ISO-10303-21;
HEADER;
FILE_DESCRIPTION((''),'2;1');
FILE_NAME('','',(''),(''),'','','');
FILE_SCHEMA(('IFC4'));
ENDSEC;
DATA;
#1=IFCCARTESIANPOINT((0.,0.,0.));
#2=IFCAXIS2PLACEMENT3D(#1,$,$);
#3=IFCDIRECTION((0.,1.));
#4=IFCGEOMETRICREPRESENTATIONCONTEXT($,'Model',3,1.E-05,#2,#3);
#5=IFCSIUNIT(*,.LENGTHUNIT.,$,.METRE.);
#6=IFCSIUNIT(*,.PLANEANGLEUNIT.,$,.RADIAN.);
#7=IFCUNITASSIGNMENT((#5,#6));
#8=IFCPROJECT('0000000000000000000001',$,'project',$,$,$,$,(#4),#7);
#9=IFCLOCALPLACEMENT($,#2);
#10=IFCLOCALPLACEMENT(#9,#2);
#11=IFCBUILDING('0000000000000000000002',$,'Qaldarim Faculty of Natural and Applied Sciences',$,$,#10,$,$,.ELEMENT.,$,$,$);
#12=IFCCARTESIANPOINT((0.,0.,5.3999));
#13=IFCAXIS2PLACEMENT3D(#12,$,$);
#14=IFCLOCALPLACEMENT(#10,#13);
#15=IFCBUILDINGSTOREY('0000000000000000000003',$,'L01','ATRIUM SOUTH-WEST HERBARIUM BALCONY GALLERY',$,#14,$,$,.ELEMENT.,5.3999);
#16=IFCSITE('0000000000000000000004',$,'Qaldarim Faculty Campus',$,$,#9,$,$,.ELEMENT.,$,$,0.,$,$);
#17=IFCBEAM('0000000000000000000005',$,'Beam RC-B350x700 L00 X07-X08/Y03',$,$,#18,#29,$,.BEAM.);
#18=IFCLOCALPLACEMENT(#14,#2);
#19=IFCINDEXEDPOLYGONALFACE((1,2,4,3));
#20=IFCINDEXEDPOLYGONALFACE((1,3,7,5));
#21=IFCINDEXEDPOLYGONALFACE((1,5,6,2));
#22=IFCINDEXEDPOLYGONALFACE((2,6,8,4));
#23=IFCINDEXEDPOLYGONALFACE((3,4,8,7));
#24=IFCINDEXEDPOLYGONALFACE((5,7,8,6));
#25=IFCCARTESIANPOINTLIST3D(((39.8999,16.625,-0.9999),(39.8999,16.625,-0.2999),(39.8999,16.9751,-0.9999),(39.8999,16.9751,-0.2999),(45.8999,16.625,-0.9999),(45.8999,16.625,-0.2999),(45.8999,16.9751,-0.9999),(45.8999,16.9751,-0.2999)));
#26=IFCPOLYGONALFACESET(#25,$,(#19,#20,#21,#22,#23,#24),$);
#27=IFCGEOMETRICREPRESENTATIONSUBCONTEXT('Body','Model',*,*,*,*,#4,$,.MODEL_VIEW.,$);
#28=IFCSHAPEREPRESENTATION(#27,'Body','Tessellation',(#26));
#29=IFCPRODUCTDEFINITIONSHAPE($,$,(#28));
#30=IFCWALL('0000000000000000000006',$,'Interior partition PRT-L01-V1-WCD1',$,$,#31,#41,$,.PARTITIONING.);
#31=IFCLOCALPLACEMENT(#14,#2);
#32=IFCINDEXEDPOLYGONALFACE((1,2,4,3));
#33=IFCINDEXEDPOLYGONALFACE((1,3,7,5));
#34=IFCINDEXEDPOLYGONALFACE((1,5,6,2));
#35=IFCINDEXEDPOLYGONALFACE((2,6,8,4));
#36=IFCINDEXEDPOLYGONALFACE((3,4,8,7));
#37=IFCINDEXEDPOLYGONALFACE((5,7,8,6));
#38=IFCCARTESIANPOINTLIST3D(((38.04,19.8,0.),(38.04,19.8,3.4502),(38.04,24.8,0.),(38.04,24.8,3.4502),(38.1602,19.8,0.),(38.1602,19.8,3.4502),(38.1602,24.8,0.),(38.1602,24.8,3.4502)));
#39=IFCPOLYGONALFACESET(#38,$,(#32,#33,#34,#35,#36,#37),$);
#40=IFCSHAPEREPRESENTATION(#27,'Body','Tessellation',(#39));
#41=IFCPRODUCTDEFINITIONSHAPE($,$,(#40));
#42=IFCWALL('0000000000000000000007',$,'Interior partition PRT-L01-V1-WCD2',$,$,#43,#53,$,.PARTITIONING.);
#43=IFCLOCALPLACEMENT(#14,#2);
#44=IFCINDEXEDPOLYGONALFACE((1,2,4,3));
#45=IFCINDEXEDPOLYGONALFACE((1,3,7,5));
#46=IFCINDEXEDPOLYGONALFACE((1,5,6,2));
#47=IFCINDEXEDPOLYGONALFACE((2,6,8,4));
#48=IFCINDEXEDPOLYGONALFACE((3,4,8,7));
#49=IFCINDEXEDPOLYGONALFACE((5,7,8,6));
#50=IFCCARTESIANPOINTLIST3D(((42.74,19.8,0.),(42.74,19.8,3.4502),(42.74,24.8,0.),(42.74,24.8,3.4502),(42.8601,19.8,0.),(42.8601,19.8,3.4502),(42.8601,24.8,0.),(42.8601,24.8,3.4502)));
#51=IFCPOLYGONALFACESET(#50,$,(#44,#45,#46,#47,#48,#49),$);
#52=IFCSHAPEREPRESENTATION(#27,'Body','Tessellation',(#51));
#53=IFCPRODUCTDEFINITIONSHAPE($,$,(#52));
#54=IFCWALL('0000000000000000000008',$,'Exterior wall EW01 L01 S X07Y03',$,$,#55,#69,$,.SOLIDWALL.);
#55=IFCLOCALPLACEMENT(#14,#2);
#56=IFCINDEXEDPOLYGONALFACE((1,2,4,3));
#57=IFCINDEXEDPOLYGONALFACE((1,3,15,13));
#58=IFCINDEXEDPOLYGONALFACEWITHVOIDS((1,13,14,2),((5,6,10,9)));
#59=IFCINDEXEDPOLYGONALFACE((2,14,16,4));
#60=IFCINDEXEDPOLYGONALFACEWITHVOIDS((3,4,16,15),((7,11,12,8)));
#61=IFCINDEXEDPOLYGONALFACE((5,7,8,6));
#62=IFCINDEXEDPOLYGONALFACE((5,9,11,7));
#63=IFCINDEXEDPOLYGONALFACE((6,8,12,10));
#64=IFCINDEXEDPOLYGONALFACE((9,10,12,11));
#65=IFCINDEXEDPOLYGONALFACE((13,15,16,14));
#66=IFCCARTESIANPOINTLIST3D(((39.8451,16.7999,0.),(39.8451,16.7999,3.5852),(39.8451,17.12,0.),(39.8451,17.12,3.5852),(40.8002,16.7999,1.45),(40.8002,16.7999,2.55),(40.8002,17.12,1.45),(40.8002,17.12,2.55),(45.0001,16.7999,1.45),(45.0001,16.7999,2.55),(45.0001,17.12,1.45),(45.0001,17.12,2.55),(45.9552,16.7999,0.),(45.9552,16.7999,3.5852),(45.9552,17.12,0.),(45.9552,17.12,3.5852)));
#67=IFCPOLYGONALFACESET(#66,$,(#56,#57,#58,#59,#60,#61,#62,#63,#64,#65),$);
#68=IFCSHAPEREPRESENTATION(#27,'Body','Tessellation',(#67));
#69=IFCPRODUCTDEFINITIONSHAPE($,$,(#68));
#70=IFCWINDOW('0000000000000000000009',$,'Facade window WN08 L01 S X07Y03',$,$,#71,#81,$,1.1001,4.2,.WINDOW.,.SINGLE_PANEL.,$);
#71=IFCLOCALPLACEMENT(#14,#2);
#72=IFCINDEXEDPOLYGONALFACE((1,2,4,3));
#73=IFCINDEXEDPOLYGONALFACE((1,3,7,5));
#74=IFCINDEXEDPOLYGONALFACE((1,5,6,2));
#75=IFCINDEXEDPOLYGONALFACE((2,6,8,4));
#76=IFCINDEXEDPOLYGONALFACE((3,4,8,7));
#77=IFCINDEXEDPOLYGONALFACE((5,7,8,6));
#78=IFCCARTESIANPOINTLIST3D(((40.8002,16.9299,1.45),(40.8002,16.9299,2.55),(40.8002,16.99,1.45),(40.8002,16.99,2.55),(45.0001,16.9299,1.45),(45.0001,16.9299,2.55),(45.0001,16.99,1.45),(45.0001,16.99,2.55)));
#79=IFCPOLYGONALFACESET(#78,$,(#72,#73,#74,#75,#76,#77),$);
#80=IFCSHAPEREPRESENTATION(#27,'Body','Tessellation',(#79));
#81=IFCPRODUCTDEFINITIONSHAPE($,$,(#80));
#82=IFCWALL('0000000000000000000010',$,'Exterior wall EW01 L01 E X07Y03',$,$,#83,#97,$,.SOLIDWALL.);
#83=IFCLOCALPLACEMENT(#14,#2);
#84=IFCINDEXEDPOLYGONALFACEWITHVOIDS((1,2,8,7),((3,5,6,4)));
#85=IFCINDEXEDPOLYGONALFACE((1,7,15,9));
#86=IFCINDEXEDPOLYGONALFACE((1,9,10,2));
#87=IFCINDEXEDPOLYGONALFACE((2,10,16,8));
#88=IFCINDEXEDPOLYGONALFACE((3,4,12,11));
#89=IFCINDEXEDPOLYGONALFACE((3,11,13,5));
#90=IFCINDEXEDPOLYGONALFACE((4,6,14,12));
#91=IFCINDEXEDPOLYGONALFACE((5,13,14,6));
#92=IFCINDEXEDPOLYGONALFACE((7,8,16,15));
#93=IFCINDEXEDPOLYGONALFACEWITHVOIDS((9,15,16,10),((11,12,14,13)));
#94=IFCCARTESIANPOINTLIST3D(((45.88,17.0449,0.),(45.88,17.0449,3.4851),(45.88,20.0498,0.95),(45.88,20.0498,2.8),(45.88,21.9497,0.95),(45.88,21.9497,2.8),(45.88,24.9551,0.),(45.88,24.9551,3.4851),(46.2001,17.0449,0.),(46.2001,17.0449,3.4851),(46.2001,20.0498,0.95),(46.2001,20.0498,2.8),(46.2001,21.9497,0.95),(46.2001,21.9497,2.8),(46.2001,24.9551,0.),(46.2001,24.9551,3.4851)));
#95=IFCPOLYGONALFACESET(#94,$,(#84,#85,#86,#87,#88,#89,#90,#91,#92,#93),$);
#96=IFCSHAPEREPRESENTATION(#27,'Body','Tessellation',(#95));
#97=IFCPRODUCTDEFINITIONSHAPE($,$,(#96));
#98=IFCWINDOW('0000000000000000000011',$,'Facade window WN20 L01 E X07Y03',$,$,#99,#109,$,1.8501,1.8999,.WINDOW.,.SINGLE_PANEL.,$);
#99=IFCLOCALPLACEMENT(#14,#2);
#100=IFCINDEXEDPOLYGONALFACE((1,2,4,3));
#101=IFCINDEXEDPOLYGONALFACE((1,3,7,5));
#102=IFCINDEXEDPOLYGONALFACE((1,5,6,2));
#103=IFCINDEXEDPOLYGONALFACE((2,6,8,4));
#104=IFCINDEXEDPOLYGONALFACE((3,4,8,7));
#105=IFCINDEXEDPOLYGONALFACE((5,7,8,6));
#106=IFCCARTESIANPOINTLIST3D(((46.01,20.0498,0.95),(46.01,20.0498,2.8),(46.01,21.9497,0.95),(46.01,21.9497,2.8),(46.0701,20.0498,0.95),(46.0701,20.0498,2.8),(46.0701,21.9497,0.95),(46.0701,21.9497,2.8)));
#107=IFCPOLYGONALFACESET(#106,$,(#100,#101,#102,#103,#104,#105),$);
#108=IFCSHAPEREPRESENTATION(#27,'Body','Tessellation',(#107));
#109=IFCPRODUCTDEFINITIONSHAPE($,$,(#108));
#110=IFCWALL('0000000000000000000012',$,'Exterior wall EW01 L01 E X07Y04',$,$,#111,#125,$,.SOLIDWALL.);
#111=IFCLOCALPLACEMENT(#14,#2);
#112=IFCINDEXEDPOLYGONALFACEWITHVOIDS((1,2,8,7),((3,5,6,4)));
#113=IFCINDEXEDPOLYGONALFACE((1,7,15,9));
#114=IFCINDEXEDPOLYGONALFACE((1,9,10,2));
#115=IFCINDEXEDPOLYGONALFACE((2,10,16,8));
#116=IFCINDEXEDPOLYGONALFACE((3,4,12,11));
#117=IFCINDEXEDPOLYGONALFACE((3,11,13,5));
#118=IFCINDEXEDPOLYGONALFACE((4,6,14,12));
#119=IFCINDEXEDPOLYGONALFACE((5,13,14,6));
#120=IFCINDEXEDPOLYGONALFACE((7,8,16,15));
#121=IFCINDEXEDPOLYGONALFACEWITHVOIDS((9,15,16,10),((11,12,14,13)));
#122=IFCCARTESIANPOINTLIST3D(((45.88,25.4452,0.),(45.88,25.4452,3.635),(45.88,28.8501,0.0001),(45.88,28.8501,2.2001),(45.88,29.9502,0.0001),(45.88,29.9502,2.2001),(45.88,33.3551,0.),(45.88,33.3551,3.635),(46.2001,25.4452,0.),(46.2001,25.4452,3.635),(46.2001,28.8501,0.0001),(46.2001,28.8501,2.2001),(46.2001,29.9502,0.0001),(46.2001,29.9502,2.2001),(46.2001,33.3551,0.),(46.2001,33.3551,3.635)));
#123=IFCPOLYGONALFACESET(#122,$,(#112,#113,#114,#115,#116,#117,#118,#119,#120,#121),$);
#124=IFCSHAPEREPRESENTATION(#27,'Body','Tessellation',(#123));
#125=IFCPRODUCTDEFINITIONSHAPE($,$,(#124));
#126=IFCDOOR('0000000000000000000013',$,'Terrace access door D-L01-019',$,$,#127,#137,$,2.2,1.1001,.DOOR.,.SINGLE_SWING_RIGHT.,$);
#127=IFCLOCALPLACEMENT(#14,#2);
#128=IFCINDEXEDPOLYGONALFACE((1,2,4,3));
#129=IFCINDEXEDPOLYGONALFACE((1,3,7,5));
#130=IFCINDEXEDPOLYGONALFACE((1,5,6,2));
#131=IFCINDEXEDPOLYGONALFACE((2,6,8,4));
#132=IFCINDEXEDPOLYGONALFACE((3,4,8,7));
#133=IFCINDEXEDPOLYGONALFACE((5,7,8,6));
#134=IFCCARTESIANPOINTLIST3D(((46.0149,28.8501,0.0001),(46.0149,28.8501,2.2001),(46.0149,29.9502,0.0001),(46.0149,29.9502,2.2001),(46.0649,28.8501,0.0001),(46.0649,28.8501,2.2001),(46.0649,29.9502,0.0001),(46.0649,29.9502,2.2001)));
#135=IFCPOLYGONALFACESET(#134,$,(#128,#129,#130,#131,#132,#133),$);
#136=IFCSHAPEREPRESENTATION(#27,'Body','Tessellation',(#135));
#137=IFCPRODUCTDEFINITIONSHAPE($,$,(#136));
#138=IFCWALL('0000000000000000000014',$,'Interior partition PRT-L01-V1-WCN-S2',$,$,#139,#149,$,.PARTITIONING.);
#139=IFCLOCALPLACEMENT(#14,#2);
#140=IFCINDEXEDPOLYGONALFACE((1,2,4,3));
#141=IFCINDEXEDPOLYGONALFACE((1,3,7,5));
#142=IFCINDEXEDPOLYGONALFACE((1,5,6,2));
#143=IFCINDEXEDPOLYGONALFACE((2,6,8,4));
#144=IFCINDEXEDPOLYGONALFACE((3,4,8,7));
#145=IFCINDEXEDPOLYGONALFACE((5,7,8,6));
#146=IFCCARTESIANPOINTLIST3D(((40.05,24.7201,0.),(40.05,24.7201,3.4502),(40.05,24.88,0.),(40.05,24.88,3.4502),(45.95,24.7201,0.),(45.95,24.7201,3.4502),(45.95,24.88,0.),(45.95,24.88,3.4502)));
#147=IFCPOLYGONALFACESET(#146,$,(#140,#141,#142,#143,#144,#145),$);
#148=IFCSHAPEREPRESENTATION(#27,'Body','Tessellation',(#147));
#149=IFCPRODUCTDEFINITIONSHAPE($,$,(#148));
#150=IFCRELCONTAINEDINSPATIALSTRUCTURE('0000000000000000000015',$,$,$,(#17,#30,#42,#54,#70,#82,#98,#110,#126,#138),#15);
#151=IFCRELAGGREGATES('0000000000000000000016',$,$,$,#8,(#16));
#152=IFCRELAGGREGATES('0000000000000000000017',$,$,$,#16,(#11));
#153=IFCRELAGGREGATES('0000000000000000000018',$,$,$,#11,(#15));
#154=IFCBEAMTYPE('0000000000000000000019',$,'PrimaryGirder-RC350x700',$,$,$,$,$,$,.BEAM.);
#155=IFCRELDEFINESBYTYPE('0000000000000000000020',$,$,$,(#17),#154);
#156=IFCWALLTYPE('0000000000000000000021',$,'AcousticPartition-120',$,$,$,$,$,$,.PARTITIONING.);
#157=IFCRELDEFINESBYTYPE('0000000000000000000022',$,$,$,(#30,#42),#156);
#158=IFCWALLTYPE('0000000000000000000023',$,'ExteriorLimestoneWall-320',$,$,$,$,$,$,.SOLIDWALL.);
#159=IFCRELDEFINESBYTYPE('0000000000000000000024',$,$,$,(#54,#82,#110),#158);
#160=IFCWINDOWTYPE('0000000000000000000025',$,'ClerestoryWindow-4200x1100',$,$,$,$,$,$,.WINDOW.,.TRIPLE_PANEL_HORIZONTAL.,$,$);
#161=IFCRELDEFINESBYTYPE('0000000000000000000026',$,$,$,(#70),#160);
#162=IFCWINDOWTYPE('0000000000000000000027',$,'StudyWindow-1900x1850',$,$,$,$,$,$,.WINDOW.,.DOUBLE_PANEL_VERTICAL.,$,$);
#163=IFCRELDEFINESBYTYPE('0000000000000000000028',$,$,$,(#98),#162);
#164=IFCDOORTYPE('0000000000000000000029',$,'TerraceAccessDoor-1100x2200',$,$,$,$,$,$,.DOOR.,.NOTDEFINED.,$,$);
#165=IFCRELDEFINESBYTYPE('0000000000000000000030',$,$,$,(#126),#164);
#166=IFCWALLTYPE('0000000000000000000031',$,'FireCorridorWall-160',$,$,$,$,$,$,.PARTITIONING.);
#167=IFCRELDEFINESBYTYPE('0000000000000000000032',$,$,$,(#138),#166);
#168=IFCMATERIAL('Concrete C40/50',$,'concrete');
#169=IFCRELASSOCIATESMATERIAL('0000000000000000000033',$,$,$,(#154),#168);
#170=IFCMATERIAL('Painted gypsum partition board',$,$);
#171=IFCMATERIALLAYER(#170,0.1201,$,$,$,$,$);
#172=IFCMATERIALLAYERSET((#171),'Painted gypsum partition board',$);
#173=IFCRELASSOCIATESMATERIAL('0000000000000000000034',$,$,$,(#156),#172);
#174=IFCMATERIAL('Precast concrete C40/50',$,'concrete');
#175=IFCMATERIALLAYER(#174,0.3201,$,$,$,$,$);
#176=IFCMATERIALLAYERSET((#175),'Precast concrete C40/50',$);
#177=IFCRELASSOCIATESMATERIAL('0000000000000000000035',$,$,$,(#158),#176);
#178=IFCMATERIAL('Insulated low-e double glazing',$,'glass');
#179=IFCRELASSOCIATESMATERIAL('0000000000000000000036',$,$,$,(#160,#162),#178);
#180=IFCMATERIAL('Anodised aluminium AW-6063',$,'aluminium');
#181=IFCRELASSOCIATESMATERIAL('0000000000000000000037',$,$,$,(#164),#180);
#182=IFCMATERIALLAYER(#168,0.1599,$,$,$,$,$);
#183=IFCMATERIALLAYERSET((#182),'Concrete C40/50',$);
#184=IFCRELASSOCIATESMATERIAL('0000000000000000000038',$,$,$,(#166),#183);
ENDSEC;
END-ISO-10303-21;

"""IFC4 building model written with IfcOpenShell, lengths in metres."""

from ifc_helpers import new_model, si_unit, direction, frame, frame_2d, origin, origin_2d, place, context, subcontext, project, spatial, rectangle, extrude, material, layer, layer_set, material_profile, profile_set, type_object, element, fill, save


model = new_model("IFC4")

# Units and contexts
model_context = context("Model", 3, precision=1e-05, world=origin(), true_north=direction((0.0, 1.0)))
body_context = subcontext(model_context, "Body", "Model", "MODEL_VIEW")
ifc_project = project(units=[si_unit("LENGTHUNIT", "METRE"), si_unit("PLANEANGLEUNIT", "RADIAN")], contexts=[model_context])

# Site, building, storey
site_placement = place(None, origin())
site = spatial("IfcSite", under=ifc_project, at=site_placement, Name="Qaldarim Faculty Campus", CompositionType="ELEMENT", RefElevation=0.0)
building_placement = place(site_placement, origin())
building = spatial("IfcBuilding", under=site, at=building_placement, Name="Qaldarim Faculty of Natural and Applied Sciences", CompositionType="ELEMENT")
storey_placement = place(building_placement, frame((0.0, 0.0, 5.3999)))
storey = spatial("IfcBuildingStorey", under=building, at=storey_placement, Name="L01", Description="ATRIUM SOUTH-WEST HERBARIUM BALCONY GALLERY", CompositionType="ELEMENT", Elevation=5.3999)

# Shared definitions
ifc_material_1 = material(Name="Concrete C40/50", Category="concrete")

# Beam
ifc_material_profile_1 = material_profile(ifc_material_1, rectangle(XDim=0.3501, YDim=0.7, at=origin_2d()), Name="RC-B350x700")
ifc_profile_set_1 = profile_set([ifc_material_profile_1], Name="Concrete C40/50")
beam_type_1 = type_object("IfcBeamType", Name="PrimaryGirder-RC350x700", PredefinedType="BEAM", material=ifc_profile_set_1)
beam_1_placement = place(storey_placement, frame((39.8999, 16.8, -0.6499), z_axis=(1.0, 0.0, 0.0), x_axis=(0.0, 1.0, 0.0)))
element("IfcBeam", 1, at=beam_1_placement, inside=storey, type_object=beam_type_1, Name="Beam RC-B350x700 L00 X07-X08/Y03", PredefinedType="BEAM", context=body_context, shape_type="SweptSolid", body=[
    extrude(rectangle(XDim=0.3501, YDim=0.7, at=origin_2d()), origin(), (0.0, 0.0, 1.0), 6.0),
])

# Walls
ifc_material_2 = material(Name="Painted gypsum partition board")
ifc_layer_1 = layer(ifc_material_2, 0.1201)
ifc_layer_set_1 = layer_set([ifc_layer_1], Name="Painted gypsum partition board")
wall_type_1 = type_object("IfcWallType", Name="AcousticPartition-120", PredefinedType="PARTITIONING", material=ifc_layer_set_1)
for number, where, z_axis, x_axis, name in (
    (2, (38.1001, 19.8, 0.0), (0.0, 0.0, 1.0), (0.0, 1.0, 0.0), "Interior partition PRT-L01-V1-WCD1"),
    (3, (42.8, 19.8, 0.0), (0.0, 0.0, 1.0), (0.0, 1.0, 0.0), "Interior partition PRT-L01-V1-WCD2"),
):
    element("IfcWall", number, at=place(storey_placement, frame(where, z_axis=z_axis, x_axis=x_axis)), inside=storey, type_object=wall_type_1, Name=name, PredefinedType="PARTITIONING", context=body_context, shape_type="SweptSolid", body=[
        extrude(rectangle(XDim=5.0, YDim=0.1201, at=frame_2d((2.5, 0.0))), origin(), (0.0, 0.0, 1.0), 3.4502),
    ])

# Walls, openings, windows
ifc_material_3 = material(Name="Precast concrete C40/50", Category="concrete")
ifc_layer_2 = layer(ifc_material_3, 0.3201)
ifc_layer_set_2 = layer_set([ifc_layer_2], Name="Precast concrete C40/50")
wall_type_2 = type_object("IfcWallType", Name="ExteriorLimestoneWall-320", PredefinedType="SOLIDWALL", material=ifc_layer_set_2)
wall_1_placement = place(storey_placement, frame((39.845, 16.96, 0.0), z_axis=(0.0, 0.0, 1.0), x_axis=(1.0, 0.0, 0.0)))
wall_1 = element("IfcWall", 4, at=wall_1_placement, inside=storey, type_object=wall_type_2, Name="Exterior wall EW01 L01 S X07Y03", PredefinedType="SOLIDWALL", context=body_context, shape_type="SweptSolid", body=[
    extrude(rectangle(XDim=6.1101, YDim=0.3201, at=frame_2d((3.0552, 0.0))), origin(), (0.0, 0.0, 1.0), 3.5852),
])
opening_1_placement = place(wall_1_placement, frame((0.9551, 0.0, 1.45)))
opening_1 = element("IfcOpeningElement", 5, at=opening_1_placement, cuts=wall_1, PredefinedType="OPENING", context=body_context, shape_type="SweptSolid", body=[
    extrude(rectangle(XDim=4.2, YDim=1.1001, at=frame_2d((2.1001, 0.55))), frame((0.0, 0.1699, 0.0), z_axis=(0.0, -1.0, 0.0), x_axis=(1.0, 0.0, 0.0)), (0.0, 0.0, 1.0), 0.3401),
])
ifc_material_4 = material(Name="Insulated low-e double glazing", Category="glass")
window_type_1 = type_object("IfcWindowType", Name="ClerestoryWindow-4200x1100", PartitioningType="TRIPLE_PANEL_HORIZONTAL", PredefinedType="WINDOW", material=ifc_material_4)
window_1_placement = place(opening_1_placement, origin())
window_1 = element("IfcWindow", 6, at=window_1_placement, inside=storey, type_object=window_type_1, Name="Facade window WN08 L01 S X07Y03", OverallHeight=1.1001, OverallWidth=4.2, PartitioningType="SINGLE_PANEL", PredefinedType="WINDOW", context=body_context, shape_type="SweptSolid", body=[
    extrude(rectangle(XDim=4.2, YDim=1.1001, at=frame_2d((2.1001, 0.55))), frame((0.0, 0.03, 0.0), z_axis=(0.0, -1.0, 0.0), x_axis=(1.0, 0.0, 0.0)), (0.0, 0.0, 1.0), 0.0601),
])
fill(opening_1, window_1)
wall_2_placement = place(storey_placement, frame((46.04, 17.0449, 0.0), z_axis=(0.0, 0.0, 1.0), x_axis=(0.0, 1.0, 0.0)))
wall_2 = element("IfcWall", 7, at=wall_2_placement, inside=storey, type_object=wall_type_2, Name="Exterior wall EW01 L01 E X07Y03", PredefinedType="SOLIDWALL", context=body_context, shape_type="SweptSolid", body=[
    extrude(rectangle(XDim=7.9102, YDim=0.3201, at=frame_2d((3.9551, 0.0))), origin(), (0.0, 0.0, 1.0), 3.4851),
])
opening_2_placement = place(wall_2_placement, frame((3.0049, 0.0, 0.95)))
opening_2 = element("IfcOpeningElement", 8, at=opening_2_placement, cuts=wall_2, PredefinedType="OPENING", context=body_context, shape_type="SweptSolid", body=[
    extrude(rectangle(XDim=1.8999, YDim=1.8501, at=frame_2d((0.95, 0.925))), frame((0.0, 0.1699, 0.0), z_axis=(0.0, -1.0, 0.0), x_axis=(1.0, 0.0, 0.0)), (0.0, 0.0, 1.0), 0.3401),
])
window_type_2 = type_object("IfcWindowType", Name="StudyWindow-1900x1850", PartitioningType="DOUBLE_PANEL_VERTICAL", PredefinedType="WINDOW", material=ifc_material_4)
window_2_placement = place(opening_2_placement, origin())
window_2 = element("IfcWindow", 9, at=window_2_placement, inside=storey, type_object=window_type_2, Name="Facade window WN20 L01 E X07Y03", OverallHeight=1.8501, OverallWidth=1.8999, PartitioningType="SINGLE_PANEL", PredefinedType="WINDOW", context=body_context, shape_type="SweptSolid", body=[
    extrude(rectangle(XDim=1.8999, YDim=1.8501, at=frame_2d((0.95, 0.925))), frame((0.0, 0.03, 0.0), z_axis=(0.0, -1.0, 0.0), x_axis=(1.0, 0.0, 0.0)), (0.0, 0.0, 1.0), 0.0601),
])
fill(opening_2, window_2)

# Wall, opening, door
wall_3_placement = place(storey_placement, frame((46.04, 25.4451, 0.0), z_axis=(0.0, 0.0, 1.0), x_axis=(0.0, 1.0, 0.0)))
wall_3 = element("IfcWall", 10, at=wall_3_placement, inside=storey, type_object=wall_type_2, Name="Exterior wall EW01 L01 E X07Y04", PredefinedType="SOLIDWALL", context=body_context, shape_type="SweptSolid", body=[
    extrude(rectangle(XDim=7.9099, YDim=0.3201, at=frame_2d((3.9551, 0.0))), origin(), (0.0, 0.0, 1.0), 3.635),
])
opening_3_placement = place(wall_3_placement, frame((3.405, 0.0, 0.0)))
opening_3 = element("IfcOpeningElement", 11, at=opening_3_placement, cuts=wall_3, PredefinedType="OPENING", context=body_context, shape_type="SweptSolid", body=[
    extrude(rectangle(XDim=1.1001, YDim=2.2, at=frame_2d((0.55, 1.1001))), frame((0.0, 0.1699, 0.0), z_axis=(0.0, -1.0, 0.0), x_axis=(1.0, 0.0, 0.0)), (0.0, 0.0, 1.0), 0.3401),
])
ifc_material_5 = material(Name="Anodised aluminium AW-6063", Category="aluminium")
door_type = type_object("IfcDoorType", Name="TerraceAccessDoor-1100x2200", OperationType="NOTDEFINED", PredefinedType="DOOR", material=ifc_material_5)
door_placement = place(opening_3_placement, frame((1.1001, 0.0, 0.0), z_axis=(0.0, 0.0, 1.0), x_axis=(-1.0, 0.0, 0.0)))
door = element("IfcDoor", 12, at=door_placement, inside=storey, type_object=door_type, Name="Terrace access door D-L01-019", OperationType="SINGLE_SWING_RIGHT", OverallHeight=2.2, OverallWidth=1.1001, PredefinedType="DOOR", context=body_context, shape_type="SweptSolid", body=[
    extrude(rectangle(XDim=1.1001, YDim=2.2, at=frame_2d((0.55, 1.1001))), frame((0.0, 0.0249, 0.0), z_axis=(0.0, -1.0, 0.0), x_axis=(1.0, 0.0, 0.0)), (0.0, 0.0, 1.0), 0.05),
])
fill(opening_3, door)

# Wall
ifc_layer_3 = layer(ifc_material_1, 0.1599)
ifc_layer_set_3 = layer_set([ifc_layer_3], Name="Concrete C40/50")
wall_type_3 = type_object("IfcWallType", Name="FireCorridorWall-160", PredefinedType="PARTITIONING", material=ifc_layer_set_3)
wall_4_placement = place(storey_placement, frame((40.05, 24.8, 0.0), z_axis=(0.0, 0.0, 1.0), x_axis=(1.0, 0.0, 0.0)))
element("IfcWall", 13, at=wall_4_placement, inside=storey, type_object=wall_type_3, Name="Interior partition PRT-L01-V1-WCN-S2", PredefinedType="PARTITIONING", context=body_context, shape_type="SweptSolid", body=[
    extrude(rectangle(XDim=5.8999, YDim=0.1599, at=frame_2d((2.95, 0.0))), origin(), (0.0, 0.0, 1.0), 3.4502),
])

save(model, "model.ifc")
